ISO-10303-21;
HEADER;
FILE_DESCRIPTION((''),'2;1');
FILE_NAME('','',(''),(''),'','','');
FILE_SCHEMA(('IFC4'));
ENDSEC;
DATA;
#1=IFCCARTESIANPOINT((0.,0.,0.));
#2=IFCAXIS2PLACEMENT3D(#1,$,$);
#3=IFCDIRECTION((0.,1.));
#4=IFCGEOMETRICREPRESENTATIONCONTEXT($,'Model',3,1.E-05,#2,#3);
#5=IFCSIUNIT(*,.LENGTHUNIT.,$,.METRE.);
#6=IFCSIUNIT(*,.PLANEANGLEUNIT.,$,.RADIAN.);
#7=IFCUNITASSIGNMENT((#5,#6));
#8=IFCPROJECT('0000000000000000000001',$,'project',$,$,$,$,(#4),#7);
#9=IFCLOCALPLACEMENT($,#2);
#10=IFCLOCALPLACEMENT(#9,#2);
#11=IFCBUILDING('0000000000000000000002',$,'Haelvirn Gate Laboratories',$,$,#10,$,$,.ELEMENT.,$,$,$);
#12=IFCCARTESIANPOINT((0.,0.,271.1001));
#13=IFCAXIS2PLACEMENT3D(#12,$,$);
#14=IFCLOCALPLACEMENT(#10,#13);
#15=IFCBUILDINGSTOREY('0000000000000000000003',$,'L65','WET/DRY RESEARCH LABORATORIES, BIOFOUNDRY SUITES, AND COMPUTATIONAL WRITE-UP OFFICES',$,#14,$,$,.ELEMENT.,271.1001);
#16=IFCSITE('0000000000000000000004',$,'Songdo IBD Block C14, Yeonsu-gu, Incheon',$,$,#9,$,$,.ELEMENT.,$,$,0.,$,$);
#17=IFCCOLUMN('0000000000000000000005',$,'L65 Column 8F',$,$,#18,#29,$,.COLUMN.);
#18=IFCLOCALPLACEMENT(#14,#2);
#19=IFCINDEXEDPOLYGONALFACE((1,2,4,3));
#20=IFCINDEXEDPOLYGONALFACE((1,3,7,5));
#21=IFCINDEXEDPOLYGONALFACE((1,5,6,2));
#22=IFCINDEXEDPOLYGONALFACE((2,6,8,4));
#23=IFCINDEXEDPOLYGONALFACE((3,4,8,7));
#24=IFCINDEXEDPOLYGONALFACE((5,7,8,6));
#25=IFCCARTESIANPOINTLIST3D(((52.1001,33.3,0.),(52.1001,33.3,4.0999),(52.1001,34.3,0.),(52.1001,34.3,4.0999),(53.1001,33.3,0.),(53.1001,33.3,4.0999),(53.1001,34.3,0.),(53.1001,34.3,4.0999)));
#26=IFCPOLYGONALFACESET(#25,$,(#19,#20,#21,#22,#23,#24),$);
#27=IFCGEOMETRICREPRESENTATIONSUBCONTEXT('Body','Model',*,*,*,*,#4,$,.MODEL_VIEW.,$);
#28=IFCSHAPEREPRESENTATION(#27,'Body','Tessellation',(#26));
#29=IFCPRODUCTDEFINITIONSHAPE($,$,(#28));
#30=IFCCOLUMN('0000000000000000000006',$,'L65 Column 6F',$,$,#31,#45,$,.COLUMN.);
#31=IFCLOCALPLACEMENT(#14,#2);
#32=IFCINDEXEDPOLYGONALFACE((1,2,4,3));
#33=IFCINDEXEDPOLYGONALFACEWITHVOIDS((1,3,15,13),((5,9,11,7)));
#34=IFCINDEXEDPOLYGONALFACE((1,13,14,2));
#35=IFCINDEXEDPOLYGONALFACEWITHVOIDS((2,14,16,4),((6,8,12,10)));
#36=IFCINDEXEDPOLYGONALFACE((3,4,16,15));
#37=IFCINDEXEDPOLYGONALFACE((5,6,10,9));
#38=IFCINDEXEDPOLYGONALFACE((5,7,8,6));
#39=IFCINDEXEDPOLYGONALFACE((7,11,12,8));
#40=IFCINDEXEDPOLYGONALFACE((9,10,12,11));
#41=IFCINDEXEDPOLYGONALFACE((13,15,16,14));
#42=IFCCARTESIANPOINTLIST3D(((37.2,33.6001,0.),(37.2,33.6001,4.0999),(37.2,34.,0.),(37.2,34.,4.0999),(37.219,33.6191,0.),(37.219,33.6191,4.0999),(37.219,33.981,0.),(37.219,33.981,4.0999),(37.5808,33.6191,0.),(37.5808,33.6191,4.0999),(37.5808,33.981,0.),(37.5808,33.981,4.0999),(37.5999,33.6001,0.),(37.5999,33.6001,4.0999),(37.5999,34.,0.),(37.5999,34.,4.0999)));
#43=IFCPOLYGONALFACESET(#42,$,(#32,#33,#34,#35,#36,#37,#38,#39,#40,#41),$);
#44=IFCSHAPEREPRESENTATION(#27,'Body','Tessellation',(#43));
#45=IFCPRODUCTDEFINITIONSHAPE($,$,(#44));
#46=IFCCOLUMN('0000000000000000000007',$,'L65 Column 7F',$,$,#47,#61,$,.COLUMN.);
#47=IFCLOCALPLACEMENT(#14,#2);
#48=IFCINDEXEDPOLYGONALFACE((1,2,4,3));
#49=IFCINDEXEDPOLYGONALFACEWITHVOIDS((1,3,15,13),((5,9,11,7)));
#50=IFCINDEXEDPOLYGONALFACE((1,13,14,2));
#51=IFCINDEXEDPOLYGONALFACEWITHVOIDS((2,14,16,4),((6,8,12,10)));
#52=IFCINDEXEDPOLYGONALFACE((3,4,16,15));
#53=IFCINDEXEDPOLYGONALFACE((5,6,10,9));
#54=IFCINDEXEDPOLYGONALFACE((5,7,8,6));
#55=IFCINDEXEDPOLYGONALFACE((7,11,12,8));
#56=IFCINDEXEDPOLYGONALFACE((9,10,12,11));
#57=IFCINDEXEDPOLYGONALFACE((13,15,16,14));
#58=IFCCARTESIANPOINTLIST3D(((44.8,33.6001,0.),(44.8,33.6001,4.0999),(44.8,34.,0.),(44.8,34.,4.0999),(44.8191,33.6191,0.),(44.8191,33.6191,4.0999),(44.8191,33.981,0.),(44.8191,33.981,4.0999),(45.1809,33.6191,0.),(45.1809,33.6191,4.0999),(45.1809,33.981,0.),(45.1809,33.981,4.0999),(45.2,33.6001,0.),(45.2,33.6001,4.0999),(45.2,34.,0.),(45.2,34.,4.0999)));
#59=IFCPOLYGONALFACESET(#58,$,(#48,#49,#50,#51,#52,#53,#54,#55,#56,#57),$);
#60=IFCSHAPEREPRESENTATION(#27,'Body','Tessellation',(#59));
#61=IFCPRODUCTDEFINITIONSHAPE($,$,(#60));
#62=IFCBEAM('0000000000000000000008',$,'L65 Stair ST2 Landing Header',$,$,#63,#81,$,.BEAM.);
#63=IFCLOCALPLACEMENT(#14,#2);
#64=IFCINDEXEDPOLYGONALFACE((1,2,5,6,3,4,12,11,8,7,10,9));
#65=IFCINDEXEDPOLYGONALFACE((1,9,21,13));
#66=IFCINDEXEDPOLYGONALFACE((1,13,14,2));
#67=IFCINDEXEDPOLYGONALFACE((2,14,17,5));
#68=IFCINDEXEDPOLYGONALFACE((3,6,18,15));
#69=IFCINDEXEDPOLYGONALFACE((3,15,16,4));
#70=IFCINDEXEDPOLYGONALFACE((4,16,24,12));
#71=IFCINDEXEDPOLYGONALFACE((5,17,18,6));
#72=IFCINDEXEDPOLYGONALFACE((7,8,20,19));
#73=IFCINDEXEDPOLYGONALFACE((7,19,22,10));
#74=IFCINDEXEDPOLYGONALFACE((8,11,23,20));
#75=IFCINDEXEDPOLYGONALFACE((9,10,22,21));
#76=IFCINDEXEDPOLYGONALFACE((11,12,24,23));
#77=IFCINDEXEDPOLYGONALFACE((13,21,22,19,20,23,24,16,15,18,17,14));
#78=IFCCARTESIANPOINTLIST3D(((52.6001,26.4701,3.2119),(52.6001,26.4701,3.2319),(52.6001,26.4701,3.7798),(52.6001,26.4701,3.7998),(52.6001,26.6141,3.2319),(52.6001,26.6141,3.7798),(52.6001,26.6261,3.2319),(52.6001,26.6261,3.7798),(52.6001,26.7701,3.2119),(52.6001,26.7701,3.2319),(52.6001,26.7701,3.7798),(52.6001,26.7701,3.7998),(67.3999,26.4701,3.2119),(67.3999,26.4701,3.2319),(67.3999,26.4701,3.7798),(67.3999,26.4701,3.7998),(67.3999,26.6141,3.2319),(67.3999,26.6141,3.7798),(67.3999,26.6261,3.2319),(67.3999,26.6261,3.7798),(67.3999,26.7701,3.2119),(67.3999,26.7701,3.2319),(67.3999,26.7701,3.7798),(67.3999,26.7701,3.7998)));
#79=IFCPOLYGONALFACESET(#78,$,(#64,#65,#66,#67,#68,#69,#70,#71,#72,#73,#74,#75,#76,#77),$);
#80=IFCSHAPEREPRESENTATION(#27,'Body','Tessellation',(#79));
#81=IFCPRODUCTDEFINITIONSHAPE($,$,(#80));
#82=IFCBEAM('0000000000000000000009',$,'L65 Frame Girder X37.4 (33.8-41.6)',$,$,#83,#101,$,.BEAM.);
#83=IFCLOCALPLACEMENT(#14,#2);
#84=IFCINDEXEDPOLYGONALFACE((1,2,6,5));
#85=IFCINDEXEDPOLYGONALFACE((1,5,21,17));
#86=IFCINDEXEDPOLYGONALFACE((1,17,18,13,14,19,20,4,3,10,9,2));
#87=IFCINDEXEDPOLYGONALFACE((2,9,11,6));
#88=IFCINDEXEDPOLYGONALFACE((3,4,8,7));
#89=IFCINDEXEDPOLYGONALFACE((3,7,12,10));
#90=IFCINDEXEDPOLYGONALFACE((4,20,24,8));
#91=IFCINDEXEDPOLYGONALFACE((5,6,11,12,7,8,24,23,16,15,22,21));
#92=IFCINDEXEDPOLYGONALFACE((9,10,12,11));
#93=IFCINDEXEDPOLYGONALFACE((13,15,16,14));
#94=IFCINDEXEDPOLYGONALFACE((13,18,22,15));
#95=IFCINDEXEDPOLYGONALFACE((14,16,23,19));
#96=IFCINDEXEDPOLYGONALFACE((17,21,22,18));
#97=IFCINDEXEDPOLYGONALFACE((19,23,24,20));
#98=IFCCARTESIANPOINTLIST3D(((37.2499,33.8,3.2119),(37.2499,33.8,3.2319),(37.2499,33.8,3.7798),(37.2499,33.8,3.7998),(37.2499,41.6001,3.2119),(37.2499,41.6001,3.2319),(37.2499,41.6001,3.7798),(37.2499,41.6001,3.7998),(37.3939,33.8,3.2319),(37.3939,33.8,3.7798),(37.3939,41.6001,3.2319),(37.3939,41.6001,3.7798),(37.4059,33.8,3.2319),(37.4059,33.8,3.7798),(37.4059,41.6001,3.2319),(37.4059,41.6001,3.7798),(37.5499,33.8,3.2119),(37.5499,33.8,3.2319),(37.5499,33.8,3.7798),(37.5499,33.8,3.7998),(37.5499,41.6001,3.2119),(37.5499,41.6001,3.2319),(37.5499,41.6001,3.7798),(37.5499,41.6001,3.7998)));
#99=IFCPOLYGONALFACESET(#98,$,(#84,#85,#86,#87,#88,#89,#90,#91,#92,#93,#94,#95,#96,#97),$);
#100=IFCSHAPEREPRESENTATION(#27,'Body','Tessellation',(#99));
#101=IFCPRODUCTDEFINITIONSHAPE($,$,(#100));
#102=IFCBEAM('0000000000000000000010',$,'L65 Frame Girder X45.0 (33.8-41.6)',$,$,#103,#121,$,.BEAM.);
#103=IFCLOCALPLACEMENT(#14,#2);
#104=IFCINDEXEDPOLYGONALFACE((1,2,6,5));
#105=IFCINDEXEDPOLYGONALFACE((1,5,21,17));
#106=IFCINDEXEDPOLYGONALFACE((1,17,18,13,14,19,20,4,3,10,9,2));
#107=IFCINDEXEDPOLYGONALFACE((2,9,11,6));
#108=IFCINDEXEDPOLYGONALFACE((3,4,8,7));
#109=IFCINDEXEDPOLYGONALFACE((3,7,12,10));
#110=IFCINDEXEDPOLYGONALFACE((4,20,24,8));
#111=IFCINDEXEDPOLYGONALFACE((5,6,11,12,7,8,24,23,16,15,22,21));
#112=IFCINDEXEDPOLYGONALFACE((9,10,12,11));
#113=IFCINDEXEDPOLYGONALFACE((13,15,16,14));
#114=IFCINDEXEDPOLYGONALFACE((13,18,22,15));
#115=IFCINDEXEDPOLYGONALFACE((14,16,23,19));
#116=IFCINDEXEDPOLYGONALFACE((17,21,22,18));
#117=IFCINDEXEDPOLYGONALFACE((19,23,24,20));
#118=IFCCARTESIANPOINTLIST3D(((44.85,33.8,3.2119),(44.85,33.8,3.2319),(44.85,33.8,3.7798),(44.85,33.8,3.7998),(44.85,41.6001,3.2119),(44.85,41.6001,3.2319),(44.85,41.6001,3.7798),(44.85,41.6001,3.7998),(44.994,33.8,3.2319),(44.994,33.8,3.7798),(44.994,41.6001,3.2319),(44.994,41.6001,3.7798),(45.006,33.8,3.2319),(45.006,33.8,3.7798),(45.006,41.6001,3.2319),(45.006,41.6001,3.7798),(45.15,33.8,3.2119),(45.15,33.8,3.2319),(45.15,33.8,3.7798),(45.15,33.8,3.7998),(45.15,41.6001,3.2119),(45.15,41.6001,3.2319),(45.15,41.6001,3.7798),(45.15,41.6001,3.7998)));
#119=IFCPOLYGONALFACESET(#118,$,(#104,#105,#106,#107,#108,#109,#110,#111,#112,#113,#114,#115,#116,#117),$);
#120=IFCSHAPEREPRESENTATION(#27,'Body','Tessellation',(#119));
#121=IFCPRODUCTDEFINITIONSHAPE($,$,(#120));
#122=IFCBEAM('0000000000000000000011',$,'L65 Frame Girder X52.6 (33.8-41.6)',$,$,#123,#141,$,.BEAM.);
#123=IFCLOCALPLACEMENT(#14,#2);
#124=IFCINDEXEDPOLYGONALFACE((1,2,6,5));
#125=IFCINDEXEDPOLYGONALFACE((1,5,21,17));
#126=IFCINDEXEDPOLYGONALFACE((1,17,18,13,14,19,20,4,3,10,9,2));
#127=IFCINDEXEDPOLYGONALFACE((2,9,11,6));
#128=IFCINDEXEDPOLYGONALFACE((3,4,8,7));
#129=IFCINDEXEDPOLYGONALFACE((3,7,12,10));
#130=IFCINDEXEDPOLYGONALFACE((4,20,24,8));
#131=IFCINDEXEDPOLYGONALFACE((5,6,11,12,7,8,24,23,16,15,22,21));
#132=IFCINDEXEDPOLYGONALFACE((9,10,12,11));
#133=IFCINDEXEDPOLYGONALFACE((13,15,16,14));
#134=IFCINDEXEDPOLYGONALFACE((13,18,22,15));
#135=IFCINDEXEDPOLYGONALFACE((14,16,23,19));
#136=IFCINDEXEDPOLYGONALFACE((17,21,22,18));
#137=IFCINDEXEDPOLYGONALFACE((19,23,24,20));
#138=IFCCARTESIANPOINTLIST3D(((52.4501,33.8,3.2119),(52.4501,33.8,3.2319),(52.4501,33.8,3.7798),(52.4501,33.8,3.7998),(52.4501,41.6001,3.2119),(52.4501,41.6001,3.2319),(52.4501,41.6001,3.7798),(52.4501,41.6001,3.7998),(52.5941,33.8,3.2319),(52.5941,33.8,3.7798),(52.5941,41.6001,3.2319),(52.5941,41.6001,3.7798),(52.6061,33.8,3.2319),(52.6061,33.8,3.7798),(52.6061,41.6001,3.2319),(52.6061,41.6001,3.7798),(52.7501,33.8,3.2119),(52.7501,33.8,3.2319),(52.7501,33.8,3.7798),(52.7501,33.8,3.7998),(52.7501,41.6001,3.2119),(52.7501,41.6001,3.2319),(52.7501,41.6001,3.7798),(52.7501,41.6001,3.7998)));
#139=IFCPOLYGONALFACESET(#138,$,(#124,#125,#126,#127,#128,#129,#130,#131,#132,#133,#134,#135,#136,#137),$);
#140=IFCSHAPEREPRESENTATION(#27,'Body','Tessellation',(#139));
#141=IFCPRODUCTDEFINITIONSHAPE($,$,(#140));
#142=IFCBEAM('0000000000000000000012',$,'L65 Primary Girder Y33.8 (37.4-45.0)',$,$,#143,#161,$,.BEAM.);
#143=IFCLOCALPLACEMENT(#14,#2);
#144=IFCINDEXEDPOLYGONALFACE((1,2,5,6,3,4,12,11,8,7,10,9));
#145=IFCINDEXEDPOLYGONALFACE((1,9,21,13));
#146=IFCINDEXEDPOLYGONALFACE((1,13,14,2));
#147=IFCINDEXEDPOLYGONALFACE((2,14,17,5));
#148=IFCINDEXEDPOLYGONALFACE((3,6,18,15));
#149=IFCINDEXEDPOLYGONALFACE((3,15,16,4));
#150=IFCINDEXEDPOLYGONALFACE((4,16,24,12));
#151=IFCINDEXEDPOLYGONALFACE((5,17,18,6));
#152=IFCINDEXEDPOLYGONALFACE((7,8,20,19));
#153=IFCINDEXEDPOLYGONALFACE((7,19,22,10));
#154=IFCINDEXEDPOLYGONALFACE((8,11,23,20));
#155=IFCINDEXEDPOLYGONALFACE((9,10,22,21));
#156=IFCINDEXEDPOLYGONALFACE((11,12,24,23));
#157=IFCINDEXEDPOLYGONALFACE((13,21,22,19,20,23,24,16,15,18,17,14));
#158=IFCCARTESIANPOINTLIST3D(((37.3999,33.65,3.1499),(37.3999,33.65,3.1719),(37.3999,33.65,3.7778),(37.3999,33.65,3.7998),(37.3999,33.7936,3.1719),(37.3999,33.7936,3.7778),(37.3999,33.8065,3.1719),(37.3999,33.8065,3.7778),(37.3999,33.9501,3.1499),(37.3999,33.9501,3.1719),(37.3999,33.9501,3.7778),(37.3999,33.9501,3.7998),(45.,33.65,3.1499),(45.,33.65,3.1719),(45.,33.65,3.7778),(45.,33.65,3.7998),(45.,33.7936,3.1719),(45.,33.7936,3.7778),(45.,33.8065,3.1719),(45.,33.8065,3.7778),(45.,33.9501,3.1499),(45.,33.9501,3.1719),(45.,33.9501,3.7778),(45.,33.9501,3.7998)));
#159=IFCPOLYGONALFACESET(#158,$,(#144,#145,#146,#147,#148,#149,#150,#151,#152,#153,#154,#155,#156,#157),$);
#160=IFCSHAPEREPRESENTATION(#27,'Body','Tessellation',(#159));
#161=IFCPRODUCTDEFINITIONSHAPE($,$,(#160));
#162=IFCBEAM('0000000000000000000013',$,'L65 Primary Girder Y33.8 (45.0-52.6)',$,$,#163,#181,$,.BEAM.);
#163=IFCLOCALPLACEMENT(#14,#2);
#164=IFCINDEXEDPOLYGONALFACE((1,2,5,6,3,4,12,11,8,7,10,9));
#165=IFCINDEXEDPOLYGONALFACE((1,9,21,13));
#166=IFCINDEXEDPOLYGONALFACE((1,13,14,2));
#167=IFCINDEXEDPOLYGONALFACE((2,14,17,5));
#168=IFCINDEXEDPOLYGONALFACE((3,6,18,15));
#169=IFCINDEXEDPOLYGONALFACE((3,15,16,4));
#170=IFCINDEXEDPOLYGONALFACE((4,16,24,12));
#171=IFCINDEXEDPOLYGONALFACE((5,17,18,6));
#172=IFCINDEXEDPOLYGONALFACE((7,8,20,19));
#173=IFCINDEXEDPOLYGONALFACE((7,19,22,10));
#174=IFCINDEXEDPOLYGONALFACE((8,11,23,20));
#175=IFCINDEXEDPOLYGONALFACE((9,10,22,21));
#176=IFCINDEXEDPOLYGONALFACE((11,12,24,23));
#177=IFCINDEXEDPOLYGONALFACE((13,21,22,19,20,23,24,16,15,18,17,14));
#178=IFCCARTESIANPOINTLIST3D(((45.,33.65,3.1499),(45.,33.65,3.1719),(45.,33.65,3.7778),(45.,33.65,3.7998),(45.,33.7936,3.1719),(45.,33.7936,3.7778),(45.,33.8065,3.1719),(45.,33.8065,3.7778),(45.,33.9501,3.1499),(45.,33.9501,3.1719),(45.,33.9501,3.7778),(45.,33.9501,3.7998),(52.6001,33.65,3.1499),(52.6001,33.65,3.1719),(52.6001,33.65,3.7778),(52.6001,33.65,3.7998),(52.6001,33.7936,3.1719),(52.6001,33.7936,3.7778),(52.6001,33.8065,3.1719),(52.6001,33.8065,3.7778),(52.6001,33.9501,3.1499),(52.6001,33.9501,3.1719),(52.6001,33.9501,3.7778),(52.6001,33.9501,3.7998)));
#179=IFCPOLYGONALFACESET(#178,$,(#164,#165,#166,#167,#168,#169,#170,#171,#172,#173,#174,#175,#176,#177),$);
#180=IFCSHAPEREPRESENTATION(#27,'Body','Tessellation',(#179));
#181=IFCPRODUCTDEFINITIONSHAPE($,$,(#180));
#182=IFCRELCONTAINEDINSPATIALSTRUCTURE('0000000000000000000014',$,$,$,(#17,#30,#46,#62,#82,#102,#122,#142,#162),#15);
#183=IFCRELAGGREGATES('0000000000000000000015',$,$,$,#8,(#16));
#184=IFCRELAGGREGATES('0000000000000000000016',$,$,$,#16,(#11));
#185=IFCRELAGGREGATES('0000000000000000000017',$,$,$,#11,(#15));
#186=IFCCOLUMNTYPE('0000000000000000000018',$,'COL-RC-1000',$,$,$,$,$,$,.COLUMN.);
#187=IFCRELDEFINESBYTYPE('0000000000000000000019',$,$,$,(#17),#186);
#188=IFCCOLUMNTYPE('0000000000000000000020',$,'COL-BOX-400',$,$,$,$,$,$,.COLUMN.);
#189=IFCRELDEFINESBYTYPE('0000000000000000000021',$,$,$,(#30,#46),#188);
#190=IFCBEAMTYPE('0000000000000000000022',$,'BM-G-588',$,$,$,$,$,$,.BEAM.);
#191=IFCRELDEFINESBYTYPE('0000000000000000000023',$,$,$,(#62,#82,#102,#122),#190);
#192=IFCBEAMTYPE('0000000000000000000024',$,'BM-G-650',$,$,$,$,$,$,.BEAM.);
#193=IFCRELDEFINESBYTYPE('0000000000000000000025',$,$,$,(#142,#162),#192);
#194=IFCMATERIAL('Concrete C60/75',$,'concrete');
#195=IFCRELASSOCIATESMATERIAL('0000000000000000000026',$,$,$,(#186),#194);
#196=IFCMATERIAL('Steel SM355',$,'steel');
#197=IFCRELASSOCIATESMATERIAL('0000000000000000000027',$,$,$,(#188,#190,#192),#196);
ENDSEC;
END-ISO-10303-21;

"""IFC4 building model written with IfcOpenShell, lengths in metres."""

from ifc_helpers import new_model, si_unit, direction, frame, origin, origin_2d, place, context, subcontext, project, spatial, rectangle, hollow_rectangle, i_section, extrude, source, transform, mapped, material, material_profile, profile_set, type_object, type_shapes, element, save


model = new_model("IFC4")

# Units and contexts
model_context = context("Model", 3, precision=1e-05, world=origin(), true_north=direction((0.0, 1.0)))
body_context = subcontext(model_context, "Body", "Model", "MODEL_VIEW")
ifc_project = project(units=[si_unit("LENGTHUNIT", "METRE"), si_unit("PLANEANGLEUNIT", "RADIAN")], contexts=[model_context])

# Site, building, storey
site_placement = place(None, origin())
site = spatial("IfcSite", under=ifc_project, at=site_placement, Name="Songdo IBD Block C14, Yeonsu-gu, Incheon", CompositionType="ELEMENT", RefElevation=0.0)
building_placement = place(site_placement, origin())
building = spatial("IfcBuilding", under=site, at=building_placement, Name="Haelvirn Gate Laboratories", CompositionType="ELEMENT")
storey_placement = place(building_placement, frame((0.0, 0.0, 271.1001)))
storey = spatial("IfcBuildingStorey", under=building, at=storey_placement, Name="L65", Description="WET/DRY RESEARCH LABORATORIES, BIOFOUNDRY SUITES, AND COMPUTATIONAL WRITE-UP OFFICES", CompositionType="ELEMENT", Elevation=271.1001)

# Columns
ifc_material_1 = material(Name="Concrete C60/75", Category="concrete")
ifc_material_profile_1 = material_profile(ifc_material_1, rectangle(XDim=1.0, YDim=1.0, at=origin_2d()), Name="RC-1000x1000")
ifc_profile_set_1 = profile_set([ifc_material_profile_1], Name="Concrete C60/75")
column_type_1 = type_object("IfcColumnType", Name="COL-RC-1000", PredefinedType="COLUMN", material=ifc_profile_set_1)
shared_shape_1 = source(origin(), body_context, "Body", "SweptSolid", [
    extrude(rectangle(XDim=1.0, YDim=1.0, at=origin_2d()), origin(), (0.0, 0.0, 1.0), 4.0999),
])
type_shapes(column_type_1, [shared_shape_1])
column_placement = place(storey_placement, frame((52.6001, 33.8, 0.0), z_axis=(0.0, 0.0, 1.0), x_axis=(1.0, 0.0, 0.0)))
element("IfcColumn", 1, at=column_placement, inside=storey, type_object=column_type_1, Name="L65 Column 8F", PredefinedType="COLUMN", context=body_context, shape_type="MappedRepresentation", body=[
    mapped(shared_shape_1, transform((0.0, 0.0, 0.0), scale=1.0)),
])
ifc_material_2 = material(Name="Steel SM355", Category="steel")
ifc_material_profile_2 = material_profile(ifc_material_2, hollow_rectangle(XDim=0.3999, YDim=0.3999, WallThickness=0.019, at=origin_2d()), Name="BOX-400x400x19")
ifc_profile_set_2 = profile_set([ifc_material_profile_2], Name="Steel SM355")
column_type_2 = type_object("IfcColumnType", Name="COL-BOX-400", PredefinedType="COLUMN", material=ifc_profile_set_2)
shared_shape_2 = source(origin(), body_context, "Body", "SweptSolid", [
    extrude(hollow_rectangle(XDim=0.3999, YDim=0.3999, WallThickness=0.019, at=origin_2d()), origin(), (0.0, 0.0, 1.0), 4.0999),
])
type_shapes(column_type_2, [shared_shape_2])
for number, where, z_axis, x_axis, name in (
    (2, (37.3999, 33.8, 0.0), (0.0, 0.0, 1.0), (1.0, 0.0, 0.0), "L65 Column 6F"),
    (3, (45.0, 33.8, 0.0), (0.0, 0.0, 1.0), (1.0, 0.0, 0.0), "L65 Column 7F"),
):
    element("IfcColumn", number, at=place(storey_placement, frame(where, z_axis=z_axis, x_axis=x_axis)), inside=storey, type_object=column_type_2, Name=name, PredefinedType="COLUMN", context=body_context, shape_type="MappedRepresentation", body=[
        mapped(shared_shape_2, transform((0.0, 0.0, 0.0), scale=1.0)),
    ])

# Beams
ifc_material_profile_3 = material_profile(ifc_material_2, i_section(OverallWidth=0.3, OverallDepth=0.5879, WebThickness=0.012, FlangeThickness=0.02, at=origin_2d()), Name="H-588x300x12x20")
ifc_profile_set_3 = profile_set([ifc_material_profile_3], Name="Steel SM355")
beam_type_1 = type_object("IfcBeamType", Name="BM-G-588", PredefinedType="BEAM", material=ifc_profile_set_3)
shared_shape_3 = source(origin(), body_context, "Body", "SweptSolid", [
    extrude(i_section(OverallWidth=0.3, OverallDepth=0.5879, WebThickness=0.012, FlangeThickness=0.02, at=origin_2d()), origin(), (0.0, 0.0, 1.0), 14.7998),
])
beam_placement = place(storey_placement, frame((52.6001, 26.6201, 3.5059), z_axis=(1.0, 0.0, 0.0), x_axis=(0.0, 1.0, 0.0)))
element("IfcBeam", 4, at=beam_placement, inside=storey, type_object=beam_type_1, Name="L65 Stair ST2 Landing Header", PredefinedType="BEAM", context=body_context, shape_type="MappedRepresentation", body=[
    mapped(shared_shape_3, transform((0.0, 0.0, 0.0), scale=1.0)),
])
shared_shape_4 = source(origin(), body_context, "Body", "SweptSolid", [
    extrude(i_section(OverallWidth=0.3, OverallDepth=0.5879, WebThickness=0.012, FlangeThickness=0.02, at=origin_2d()), origin(), (0.0, 0.0, 1.0), 7.8),
])
type_shapes(beam_type_1, [shared_shape_3, shared_shape_4])
for number, where, z_axis, x_axis, name in (
    (5, (37.3999, 33.8, 3.5059), (0.0, 1.0, 0.0), (-1.0, 0.0, 0.0), "L65 Frame Girder X37.4 (33.8-41.6)"),
    (6, (45.0, 33.8, 3.5059), (0.0, 1.0, 0.0), (-1.0, 0.0, 0.0), "L65 Frame Girder X45.0 (33.8-41.6)"),
    (7, (52.6001, 33.8, 3.5059), (0.0, 1.0, 0.0), (-1.0, 0.0, 0.0), "L65 Frame Girder X52.6 (33.8-41.6)"),
):
    element("IfcBeam", number, at=place(storey_placement, frame(where, z_axis=z_axis, x_axis=x_axis)), inside=storey, type_object=beam_type_1, Name=name, PredefinedType="BEAM", context=body_context, shape_type="MappedRepresentation", body=[
        mapped(shared_shape_4, transform((0.0, 0.0, 0.0), scale=1.0)),
    ])
ifc_material_profile_4 = material_profile(ifc_material_2, i_section(OverallWidth=0.3, OverallDepth=0.6499, WebThickness=0.0129, FlangeThickness=0.022, at=origin_2d()), Name="H-650x300x13x22")
ifc_profile_set_4 = profile_set([ifc_material_profile_4], Name="Steel SM355")
beam_type_2 = type_object("IfcBeamType", Name="BM-G-650", PredefinedType="BEAM", material=ifc_profile_set_4)
shared_shape_5 = source(origin(), body_context, "Body", "SweptSolid", [
    extrude(i_section(OverallWidth=0.3, OverallDepth=0.6499, WebThickness=0.0129, FlangeThickness=0.022, at=origin_2d()), origin(), (0.0, 0.0, 1.0), 7.6001),
])
type_shapes(beam_type_2, [shared_shape_5])
for number, where, z_axis, x_axis, name in (
    (8, (37.3999, 33.8, 3.4749), (1.0, 0.0, 0.0), (0.0, 1.0, 0.0), "L65 Primary Girder Y33.8 (37.4-45.0)"),
    (9, (45.0, 33.8, 3.4749), (1.0, 0.0, 0.0), (0.0, 1.0, 0.0), "L65 Primary Girder Y33.8 (45.0-52.6)"),
):
    element("IfcBeam", number, at=place(storey_placement, frame(where, z_axis=z_axis, x_axis=x_axis)), inside=storey, type_object=beam_type_2, Name=name, PredefinedType="BEAM", context=body_context, shape_type="MappedRepresentation", body=[
        mapped(shared_shape_5, transform((0.0, 0.0, 0.0), scale=1.0)),
    ])

save(model, "model.ifc")
